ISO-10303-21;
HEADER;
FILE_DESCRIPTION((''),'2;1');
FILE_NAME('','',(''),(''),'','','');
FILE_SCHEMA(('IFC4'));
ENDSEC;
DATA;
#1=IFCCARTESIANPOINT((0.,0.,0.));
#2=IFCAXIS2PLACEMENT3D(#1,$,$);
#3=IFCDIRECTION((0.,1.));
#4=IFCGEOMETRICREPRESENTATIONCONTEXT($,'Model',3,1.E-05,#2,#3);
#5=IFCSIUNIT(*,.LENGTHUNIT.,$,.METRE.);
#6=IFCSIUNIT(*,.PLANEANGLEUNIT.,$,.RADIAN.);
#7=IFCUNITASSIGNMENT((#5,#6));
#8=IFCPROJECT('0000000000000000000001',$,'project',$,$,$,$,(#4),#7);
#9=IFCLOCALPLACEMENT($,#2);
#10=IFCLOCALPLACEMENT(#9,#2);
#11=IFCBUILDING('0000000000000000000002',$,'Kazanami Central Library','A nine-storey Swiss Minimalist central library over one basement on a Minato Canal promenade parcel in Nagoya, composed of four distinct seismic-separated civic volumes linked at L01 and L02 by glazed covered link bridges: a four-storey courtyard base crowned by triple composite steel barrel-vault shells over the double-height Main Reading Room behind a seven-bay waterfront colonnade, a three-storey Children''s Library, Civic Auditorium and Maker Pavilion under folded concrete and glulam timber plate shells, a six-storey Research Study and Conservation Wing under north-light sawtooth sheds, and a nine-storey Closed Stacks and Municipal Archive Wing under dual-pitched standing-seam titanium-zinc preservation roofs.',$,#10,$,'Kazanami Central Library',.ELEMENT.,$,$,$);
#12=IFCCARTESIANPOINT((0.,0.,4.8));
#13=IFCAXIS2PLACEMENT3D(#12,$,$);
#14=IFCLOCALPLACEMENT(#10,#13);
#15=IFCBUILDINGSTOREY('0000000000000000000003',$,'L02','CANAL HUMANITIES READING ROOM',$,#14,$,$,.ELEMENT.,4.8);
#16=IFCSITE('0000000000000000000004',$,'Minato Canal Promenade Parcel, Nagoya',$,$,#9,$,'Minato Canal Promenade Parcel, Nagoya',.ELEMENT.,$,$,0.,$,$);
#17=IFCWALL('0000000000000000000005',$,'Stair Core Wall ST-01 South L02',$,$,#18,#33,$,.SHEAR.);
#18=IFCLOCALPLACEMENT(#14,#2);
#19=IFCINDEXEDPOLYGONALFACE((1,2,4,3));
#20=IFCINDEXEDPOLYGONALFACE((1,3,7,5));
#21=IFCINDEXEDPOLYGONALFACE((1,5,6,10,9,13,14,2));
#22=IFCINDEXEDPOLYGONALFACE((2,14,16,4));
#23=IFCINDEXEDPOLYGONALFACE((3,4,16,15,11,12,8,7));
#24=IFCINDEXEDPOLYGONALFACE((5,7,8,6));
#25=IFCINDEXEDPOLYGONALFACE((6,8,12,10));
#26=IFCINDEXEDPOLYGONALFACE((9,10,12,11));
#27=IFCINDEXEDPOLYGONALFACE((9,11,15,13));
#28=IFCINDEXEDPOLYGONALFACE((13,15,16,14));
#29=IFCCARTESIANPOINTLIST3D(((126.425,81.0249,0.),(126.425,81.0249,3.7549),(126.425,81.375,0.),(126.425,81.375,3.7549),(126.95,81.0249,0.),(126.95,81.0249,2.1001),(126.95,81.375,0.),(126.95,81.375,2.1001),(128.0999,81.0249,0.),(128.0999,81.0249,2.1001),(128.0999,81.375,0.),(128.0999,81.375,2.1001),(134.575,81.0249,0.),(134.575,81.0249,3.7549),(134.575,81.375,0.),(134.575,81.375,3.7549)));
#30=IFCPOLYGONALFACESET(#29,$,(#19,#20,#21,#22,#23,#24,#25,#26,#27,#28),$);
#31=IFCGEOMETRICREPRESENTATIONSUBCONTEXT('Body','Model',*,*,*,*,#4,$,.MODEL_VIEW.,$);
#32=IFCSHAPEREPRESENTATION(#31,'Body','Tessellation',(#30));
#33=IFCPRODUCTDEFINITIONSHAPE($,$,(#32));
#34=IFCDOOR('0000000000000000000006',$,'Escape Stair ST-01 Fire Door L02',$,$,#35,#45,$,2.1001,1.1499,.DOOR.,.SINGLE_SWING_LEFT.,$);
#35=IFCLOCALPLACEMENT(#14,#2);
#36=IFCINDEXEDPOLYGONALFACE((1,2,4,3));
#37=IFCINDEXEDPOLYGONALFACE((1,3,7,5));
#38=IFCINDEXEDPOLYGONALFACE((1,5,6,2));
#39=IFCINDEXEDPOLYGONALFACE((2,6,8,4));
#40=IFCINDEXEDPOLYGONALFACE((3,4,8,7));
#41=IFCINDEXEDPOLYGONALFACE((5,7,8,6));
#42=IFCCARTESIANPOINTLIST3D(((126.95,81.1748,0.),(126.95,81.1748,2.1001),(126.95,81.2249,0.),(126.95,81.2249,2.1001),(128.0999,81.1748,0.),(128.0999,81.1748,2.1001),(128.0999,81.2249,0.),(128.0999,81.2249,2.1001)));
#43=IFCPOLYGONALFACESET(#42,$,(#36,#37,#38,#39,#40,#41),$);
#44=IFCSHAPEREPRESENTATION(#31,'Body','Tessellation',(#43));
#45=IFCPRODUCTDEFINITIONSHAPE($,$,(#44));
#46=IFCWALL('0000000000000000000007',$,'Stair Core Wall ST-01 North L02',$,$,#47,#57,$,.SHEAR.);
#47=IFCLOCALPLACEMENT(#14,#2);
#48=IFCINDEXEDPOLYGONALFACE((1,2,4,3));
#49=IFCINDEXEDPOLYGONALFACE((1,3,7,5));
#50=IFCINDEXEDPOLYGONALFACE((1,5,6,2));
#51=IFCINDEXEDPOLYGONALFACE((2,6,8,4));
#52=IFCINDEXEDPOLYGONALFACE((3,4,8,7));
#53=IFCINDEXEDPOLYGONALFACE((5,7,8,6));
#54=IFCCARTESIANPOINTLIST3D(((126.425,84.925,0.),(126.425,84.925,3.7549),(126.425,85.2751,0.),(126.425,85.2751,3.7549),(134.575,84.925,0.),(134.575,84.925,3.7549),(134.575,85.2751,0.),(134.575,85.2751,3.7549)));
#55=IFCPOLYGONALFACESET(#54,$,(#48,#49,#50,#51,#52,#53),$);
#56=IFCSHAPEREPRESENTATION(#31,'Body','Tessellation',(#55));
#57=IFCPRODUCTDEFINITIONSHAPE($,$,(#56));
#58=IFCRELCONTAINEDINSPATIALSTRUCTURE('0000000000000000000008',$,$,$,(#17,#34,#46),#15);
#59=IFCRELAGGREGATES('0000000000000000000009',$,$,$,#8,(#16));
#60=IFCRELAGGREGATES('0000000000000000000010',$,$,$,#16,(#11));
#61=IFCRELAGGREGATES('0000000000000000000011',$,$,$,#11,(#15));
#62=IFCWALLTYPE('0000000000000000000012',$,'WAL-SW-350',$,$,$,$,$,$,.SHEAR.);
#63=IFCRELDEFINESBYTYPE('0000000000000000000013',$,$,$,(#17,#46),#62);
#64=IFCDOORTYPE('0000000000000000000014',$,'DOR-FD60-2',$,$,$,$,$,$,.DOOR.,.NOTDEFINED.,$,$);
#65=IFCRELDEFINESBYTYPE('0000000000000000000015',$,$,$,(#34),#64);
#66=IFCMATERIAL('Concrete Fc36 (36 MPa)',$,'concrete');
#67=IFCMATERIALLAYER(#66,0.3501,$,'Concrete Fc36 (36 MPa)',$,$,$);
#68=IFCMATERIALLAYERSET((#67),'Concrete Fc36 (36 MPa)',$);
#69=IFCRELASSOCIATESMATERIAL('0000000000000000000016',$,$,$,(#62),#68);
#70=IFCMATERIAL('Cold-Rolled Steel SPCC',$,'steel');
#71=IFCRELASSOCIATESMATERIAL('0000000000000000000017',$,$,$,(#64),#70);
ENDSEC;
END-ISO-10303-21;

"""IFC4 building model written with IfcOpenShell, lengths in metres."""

from ifc_helpers import new_model, si_unit, direction, frame, frame_2d, origin, place, context, subcontext, project, spatial, rectangle, extrude, material, layer, layer_set, type_object, element, fill, save


model = new_model("IFC4")

# Units and contexts
model_context = context("Model", 3, precision=1e-05, world=origin(), true_north=direction((0.0, 1.0)))
body_context = subcontext(model_context, "Body", "Model", "MODEL_VIEW")
ifc_project = project(units=[si_unit("LENGTHUNIT", "METRE"), si_unit("PLANEANGLEUNIT", "RADIAN")], contexts=[model_context])

# Site, building, storey
site_placement = place(None, origin())
site = spatial("IfcSite", under=ifc_project, at=site_placement, Name="Minato Canal Promenade Parcel, Nagoya", LongName="Minato Canal Promenade Parcel, Nagoya", CompositionType="ELEMENT", RefElevation=0.0)
building_placement = place(site_placement, origin())
building = spatial("IfcBuilding", under=site, at=building_placement, Name="Kazanami Central Library", Description="A nine-storey Swiss Minimalist central library over one basement on a Minato Canal promenade parcel in Nagoya, composed of four distinct seismic-separated civic volumes linked at L01 and L02 by glazed covered link bridges: a four-storey courtyard base crowned by triple composite steel barrel-vault shells over the double-height Main Reading Room behind a seven-bay waterfront colonnade, a three-storey Children's Library, Civic Auditorium and Maker Pavilion under folded concrete and glulam timber plate shells, a six-storey Research Study and Conservation Wing under north-light sawtooth sheds, and a nine-storey Closed Stacks and Municipal Archive Wing under dual-pitched standing-seam titanium-zinc preservation roofs.", LongName="Kazanami Central Library", CompositionType="ELEMENT")
storey_placement = place(building_placement, frame((0.0, 0.0, 4.8)))
storey = spatial("IfcBuildingStorey", under=building, at=storey_placement, Name="L02", Description="CANAL HUMANITIES READING ROOM", CompositionType="ELEMENT", Elevation=4.8)

# Shared definitions
ifc_material_1 = material(Name="Cold-Rolled Steel SPCC", Category="steel")

# Wall, opening, door
ifc_material_2 = material(Name="Concrete Fc36 (36 MPa)", Category="concrete")
ifc_layer_1 = layer(ifc_material_2, 0.3501, Name="Concrete Fc36 (36 MPa)")
ifc_layer_set_1 = layer_set([ifc_layer_1], Name="Concrete Fc36 (36 MPa)")
wall_type_1 = type_object("IfcWallType", Name="WAL-SW-350", PredefinedType="SHEAR", material=ifc_layer_set_1)
wall_1_placement = place(storey_placement, frame((126.425, 81.2, 0.0), z_axis=(0.0, 0.0, 1.0), x_axis=(1.0, 0.0, 0.0)))
wall_1 = element("IfcWall", 1, at=wall_1_placement, inside=storey, type_object=wall_type_1, Name="Stair Core Wall ST-01 South L02", PredefinedType="SHEAR", context=body_context, shape_type="SweptSolid", body=[
    extrude(rectangle(XDim=8.1499, YDim=0.3501, at=frame_2d((4.075, 0.0))), origin(), (0.0, 0.0, 1.0), 3.7549),
])
opening_1_placement = place(wall_1_placement, frame((0.5249, 0.0, 0.0)))
opening_1 = element("IfcOpeningElement", 2, at=opening_1_placement, cuts=wall_1, PredefinedType="OPENING", context=body_context, shape_type="SweptSolid", body=[
    extrude(rectangle(XDim=1.1499, YDim=2.1001, at=frame_2d((0.575, 1.05))), frame((0.0, 0.187, 0.0), z_axis=(0.0, -1.0, 0.0), x_axis=(1.0, 0.0, 0.0)), (0.0, 0.0, 1.0), 0.374),
])
door_type_1 = type_object("IfcDoorType", Name="DOR-FD60-2", OperationType="NOTDEFINED", PredefinedType="DOOR", material=ifc_material_1)
door_1_placement = place(opening_1_placement, origin())
door_1 = element("IfcDoor", 3, at=door_1_placement, inside=storey, type_object=door_type_1, Name="Escape Stair ST-01 Fire Door L02", OperationType="SINGLE_SWING_LEFT", OverallHeight=2.1001, OverallWidth=1.1499, PredefinedType="DOOR", context=body_context, shape_type="SweptSolid", body=[
    extrude(rectangle(XDim=1.1499, YDim=2.1001, at=frame_2d((0.575, 1.05))), frame((0.0, 0.0249, 0.0), z_axis=(0.0, -1.0, 0.0), x_axis=(1.0, 0.0, 0.0)), (0.0, 0.0, 1.0), 0.05),
])
fill(opening_1, door_1)

# Wall
wall_2_placement = place(storey_placement, frame((126.425, 85.1001, 0.0), z_axis=(0.0, 0.0, 1.0), x_axis=(1.0, 0.0, 0.0)))
element("IfcWall", 4, at=wall_2_placement, inside=storey, type_object=wall_type_1, Name="Stair Core Wall ST-01 North L02", PredefinedType="SHEAR", context=body_context, shape_type="SweptSolid", body=[
    extrude(rectangle(XDim=8.1499, YDim=0.3501, at=frame_2d((4.075, 0.0))), origin(), (0.0, 0.0, 1.0), 3.7549),
])

save(model, "model.ifc")
